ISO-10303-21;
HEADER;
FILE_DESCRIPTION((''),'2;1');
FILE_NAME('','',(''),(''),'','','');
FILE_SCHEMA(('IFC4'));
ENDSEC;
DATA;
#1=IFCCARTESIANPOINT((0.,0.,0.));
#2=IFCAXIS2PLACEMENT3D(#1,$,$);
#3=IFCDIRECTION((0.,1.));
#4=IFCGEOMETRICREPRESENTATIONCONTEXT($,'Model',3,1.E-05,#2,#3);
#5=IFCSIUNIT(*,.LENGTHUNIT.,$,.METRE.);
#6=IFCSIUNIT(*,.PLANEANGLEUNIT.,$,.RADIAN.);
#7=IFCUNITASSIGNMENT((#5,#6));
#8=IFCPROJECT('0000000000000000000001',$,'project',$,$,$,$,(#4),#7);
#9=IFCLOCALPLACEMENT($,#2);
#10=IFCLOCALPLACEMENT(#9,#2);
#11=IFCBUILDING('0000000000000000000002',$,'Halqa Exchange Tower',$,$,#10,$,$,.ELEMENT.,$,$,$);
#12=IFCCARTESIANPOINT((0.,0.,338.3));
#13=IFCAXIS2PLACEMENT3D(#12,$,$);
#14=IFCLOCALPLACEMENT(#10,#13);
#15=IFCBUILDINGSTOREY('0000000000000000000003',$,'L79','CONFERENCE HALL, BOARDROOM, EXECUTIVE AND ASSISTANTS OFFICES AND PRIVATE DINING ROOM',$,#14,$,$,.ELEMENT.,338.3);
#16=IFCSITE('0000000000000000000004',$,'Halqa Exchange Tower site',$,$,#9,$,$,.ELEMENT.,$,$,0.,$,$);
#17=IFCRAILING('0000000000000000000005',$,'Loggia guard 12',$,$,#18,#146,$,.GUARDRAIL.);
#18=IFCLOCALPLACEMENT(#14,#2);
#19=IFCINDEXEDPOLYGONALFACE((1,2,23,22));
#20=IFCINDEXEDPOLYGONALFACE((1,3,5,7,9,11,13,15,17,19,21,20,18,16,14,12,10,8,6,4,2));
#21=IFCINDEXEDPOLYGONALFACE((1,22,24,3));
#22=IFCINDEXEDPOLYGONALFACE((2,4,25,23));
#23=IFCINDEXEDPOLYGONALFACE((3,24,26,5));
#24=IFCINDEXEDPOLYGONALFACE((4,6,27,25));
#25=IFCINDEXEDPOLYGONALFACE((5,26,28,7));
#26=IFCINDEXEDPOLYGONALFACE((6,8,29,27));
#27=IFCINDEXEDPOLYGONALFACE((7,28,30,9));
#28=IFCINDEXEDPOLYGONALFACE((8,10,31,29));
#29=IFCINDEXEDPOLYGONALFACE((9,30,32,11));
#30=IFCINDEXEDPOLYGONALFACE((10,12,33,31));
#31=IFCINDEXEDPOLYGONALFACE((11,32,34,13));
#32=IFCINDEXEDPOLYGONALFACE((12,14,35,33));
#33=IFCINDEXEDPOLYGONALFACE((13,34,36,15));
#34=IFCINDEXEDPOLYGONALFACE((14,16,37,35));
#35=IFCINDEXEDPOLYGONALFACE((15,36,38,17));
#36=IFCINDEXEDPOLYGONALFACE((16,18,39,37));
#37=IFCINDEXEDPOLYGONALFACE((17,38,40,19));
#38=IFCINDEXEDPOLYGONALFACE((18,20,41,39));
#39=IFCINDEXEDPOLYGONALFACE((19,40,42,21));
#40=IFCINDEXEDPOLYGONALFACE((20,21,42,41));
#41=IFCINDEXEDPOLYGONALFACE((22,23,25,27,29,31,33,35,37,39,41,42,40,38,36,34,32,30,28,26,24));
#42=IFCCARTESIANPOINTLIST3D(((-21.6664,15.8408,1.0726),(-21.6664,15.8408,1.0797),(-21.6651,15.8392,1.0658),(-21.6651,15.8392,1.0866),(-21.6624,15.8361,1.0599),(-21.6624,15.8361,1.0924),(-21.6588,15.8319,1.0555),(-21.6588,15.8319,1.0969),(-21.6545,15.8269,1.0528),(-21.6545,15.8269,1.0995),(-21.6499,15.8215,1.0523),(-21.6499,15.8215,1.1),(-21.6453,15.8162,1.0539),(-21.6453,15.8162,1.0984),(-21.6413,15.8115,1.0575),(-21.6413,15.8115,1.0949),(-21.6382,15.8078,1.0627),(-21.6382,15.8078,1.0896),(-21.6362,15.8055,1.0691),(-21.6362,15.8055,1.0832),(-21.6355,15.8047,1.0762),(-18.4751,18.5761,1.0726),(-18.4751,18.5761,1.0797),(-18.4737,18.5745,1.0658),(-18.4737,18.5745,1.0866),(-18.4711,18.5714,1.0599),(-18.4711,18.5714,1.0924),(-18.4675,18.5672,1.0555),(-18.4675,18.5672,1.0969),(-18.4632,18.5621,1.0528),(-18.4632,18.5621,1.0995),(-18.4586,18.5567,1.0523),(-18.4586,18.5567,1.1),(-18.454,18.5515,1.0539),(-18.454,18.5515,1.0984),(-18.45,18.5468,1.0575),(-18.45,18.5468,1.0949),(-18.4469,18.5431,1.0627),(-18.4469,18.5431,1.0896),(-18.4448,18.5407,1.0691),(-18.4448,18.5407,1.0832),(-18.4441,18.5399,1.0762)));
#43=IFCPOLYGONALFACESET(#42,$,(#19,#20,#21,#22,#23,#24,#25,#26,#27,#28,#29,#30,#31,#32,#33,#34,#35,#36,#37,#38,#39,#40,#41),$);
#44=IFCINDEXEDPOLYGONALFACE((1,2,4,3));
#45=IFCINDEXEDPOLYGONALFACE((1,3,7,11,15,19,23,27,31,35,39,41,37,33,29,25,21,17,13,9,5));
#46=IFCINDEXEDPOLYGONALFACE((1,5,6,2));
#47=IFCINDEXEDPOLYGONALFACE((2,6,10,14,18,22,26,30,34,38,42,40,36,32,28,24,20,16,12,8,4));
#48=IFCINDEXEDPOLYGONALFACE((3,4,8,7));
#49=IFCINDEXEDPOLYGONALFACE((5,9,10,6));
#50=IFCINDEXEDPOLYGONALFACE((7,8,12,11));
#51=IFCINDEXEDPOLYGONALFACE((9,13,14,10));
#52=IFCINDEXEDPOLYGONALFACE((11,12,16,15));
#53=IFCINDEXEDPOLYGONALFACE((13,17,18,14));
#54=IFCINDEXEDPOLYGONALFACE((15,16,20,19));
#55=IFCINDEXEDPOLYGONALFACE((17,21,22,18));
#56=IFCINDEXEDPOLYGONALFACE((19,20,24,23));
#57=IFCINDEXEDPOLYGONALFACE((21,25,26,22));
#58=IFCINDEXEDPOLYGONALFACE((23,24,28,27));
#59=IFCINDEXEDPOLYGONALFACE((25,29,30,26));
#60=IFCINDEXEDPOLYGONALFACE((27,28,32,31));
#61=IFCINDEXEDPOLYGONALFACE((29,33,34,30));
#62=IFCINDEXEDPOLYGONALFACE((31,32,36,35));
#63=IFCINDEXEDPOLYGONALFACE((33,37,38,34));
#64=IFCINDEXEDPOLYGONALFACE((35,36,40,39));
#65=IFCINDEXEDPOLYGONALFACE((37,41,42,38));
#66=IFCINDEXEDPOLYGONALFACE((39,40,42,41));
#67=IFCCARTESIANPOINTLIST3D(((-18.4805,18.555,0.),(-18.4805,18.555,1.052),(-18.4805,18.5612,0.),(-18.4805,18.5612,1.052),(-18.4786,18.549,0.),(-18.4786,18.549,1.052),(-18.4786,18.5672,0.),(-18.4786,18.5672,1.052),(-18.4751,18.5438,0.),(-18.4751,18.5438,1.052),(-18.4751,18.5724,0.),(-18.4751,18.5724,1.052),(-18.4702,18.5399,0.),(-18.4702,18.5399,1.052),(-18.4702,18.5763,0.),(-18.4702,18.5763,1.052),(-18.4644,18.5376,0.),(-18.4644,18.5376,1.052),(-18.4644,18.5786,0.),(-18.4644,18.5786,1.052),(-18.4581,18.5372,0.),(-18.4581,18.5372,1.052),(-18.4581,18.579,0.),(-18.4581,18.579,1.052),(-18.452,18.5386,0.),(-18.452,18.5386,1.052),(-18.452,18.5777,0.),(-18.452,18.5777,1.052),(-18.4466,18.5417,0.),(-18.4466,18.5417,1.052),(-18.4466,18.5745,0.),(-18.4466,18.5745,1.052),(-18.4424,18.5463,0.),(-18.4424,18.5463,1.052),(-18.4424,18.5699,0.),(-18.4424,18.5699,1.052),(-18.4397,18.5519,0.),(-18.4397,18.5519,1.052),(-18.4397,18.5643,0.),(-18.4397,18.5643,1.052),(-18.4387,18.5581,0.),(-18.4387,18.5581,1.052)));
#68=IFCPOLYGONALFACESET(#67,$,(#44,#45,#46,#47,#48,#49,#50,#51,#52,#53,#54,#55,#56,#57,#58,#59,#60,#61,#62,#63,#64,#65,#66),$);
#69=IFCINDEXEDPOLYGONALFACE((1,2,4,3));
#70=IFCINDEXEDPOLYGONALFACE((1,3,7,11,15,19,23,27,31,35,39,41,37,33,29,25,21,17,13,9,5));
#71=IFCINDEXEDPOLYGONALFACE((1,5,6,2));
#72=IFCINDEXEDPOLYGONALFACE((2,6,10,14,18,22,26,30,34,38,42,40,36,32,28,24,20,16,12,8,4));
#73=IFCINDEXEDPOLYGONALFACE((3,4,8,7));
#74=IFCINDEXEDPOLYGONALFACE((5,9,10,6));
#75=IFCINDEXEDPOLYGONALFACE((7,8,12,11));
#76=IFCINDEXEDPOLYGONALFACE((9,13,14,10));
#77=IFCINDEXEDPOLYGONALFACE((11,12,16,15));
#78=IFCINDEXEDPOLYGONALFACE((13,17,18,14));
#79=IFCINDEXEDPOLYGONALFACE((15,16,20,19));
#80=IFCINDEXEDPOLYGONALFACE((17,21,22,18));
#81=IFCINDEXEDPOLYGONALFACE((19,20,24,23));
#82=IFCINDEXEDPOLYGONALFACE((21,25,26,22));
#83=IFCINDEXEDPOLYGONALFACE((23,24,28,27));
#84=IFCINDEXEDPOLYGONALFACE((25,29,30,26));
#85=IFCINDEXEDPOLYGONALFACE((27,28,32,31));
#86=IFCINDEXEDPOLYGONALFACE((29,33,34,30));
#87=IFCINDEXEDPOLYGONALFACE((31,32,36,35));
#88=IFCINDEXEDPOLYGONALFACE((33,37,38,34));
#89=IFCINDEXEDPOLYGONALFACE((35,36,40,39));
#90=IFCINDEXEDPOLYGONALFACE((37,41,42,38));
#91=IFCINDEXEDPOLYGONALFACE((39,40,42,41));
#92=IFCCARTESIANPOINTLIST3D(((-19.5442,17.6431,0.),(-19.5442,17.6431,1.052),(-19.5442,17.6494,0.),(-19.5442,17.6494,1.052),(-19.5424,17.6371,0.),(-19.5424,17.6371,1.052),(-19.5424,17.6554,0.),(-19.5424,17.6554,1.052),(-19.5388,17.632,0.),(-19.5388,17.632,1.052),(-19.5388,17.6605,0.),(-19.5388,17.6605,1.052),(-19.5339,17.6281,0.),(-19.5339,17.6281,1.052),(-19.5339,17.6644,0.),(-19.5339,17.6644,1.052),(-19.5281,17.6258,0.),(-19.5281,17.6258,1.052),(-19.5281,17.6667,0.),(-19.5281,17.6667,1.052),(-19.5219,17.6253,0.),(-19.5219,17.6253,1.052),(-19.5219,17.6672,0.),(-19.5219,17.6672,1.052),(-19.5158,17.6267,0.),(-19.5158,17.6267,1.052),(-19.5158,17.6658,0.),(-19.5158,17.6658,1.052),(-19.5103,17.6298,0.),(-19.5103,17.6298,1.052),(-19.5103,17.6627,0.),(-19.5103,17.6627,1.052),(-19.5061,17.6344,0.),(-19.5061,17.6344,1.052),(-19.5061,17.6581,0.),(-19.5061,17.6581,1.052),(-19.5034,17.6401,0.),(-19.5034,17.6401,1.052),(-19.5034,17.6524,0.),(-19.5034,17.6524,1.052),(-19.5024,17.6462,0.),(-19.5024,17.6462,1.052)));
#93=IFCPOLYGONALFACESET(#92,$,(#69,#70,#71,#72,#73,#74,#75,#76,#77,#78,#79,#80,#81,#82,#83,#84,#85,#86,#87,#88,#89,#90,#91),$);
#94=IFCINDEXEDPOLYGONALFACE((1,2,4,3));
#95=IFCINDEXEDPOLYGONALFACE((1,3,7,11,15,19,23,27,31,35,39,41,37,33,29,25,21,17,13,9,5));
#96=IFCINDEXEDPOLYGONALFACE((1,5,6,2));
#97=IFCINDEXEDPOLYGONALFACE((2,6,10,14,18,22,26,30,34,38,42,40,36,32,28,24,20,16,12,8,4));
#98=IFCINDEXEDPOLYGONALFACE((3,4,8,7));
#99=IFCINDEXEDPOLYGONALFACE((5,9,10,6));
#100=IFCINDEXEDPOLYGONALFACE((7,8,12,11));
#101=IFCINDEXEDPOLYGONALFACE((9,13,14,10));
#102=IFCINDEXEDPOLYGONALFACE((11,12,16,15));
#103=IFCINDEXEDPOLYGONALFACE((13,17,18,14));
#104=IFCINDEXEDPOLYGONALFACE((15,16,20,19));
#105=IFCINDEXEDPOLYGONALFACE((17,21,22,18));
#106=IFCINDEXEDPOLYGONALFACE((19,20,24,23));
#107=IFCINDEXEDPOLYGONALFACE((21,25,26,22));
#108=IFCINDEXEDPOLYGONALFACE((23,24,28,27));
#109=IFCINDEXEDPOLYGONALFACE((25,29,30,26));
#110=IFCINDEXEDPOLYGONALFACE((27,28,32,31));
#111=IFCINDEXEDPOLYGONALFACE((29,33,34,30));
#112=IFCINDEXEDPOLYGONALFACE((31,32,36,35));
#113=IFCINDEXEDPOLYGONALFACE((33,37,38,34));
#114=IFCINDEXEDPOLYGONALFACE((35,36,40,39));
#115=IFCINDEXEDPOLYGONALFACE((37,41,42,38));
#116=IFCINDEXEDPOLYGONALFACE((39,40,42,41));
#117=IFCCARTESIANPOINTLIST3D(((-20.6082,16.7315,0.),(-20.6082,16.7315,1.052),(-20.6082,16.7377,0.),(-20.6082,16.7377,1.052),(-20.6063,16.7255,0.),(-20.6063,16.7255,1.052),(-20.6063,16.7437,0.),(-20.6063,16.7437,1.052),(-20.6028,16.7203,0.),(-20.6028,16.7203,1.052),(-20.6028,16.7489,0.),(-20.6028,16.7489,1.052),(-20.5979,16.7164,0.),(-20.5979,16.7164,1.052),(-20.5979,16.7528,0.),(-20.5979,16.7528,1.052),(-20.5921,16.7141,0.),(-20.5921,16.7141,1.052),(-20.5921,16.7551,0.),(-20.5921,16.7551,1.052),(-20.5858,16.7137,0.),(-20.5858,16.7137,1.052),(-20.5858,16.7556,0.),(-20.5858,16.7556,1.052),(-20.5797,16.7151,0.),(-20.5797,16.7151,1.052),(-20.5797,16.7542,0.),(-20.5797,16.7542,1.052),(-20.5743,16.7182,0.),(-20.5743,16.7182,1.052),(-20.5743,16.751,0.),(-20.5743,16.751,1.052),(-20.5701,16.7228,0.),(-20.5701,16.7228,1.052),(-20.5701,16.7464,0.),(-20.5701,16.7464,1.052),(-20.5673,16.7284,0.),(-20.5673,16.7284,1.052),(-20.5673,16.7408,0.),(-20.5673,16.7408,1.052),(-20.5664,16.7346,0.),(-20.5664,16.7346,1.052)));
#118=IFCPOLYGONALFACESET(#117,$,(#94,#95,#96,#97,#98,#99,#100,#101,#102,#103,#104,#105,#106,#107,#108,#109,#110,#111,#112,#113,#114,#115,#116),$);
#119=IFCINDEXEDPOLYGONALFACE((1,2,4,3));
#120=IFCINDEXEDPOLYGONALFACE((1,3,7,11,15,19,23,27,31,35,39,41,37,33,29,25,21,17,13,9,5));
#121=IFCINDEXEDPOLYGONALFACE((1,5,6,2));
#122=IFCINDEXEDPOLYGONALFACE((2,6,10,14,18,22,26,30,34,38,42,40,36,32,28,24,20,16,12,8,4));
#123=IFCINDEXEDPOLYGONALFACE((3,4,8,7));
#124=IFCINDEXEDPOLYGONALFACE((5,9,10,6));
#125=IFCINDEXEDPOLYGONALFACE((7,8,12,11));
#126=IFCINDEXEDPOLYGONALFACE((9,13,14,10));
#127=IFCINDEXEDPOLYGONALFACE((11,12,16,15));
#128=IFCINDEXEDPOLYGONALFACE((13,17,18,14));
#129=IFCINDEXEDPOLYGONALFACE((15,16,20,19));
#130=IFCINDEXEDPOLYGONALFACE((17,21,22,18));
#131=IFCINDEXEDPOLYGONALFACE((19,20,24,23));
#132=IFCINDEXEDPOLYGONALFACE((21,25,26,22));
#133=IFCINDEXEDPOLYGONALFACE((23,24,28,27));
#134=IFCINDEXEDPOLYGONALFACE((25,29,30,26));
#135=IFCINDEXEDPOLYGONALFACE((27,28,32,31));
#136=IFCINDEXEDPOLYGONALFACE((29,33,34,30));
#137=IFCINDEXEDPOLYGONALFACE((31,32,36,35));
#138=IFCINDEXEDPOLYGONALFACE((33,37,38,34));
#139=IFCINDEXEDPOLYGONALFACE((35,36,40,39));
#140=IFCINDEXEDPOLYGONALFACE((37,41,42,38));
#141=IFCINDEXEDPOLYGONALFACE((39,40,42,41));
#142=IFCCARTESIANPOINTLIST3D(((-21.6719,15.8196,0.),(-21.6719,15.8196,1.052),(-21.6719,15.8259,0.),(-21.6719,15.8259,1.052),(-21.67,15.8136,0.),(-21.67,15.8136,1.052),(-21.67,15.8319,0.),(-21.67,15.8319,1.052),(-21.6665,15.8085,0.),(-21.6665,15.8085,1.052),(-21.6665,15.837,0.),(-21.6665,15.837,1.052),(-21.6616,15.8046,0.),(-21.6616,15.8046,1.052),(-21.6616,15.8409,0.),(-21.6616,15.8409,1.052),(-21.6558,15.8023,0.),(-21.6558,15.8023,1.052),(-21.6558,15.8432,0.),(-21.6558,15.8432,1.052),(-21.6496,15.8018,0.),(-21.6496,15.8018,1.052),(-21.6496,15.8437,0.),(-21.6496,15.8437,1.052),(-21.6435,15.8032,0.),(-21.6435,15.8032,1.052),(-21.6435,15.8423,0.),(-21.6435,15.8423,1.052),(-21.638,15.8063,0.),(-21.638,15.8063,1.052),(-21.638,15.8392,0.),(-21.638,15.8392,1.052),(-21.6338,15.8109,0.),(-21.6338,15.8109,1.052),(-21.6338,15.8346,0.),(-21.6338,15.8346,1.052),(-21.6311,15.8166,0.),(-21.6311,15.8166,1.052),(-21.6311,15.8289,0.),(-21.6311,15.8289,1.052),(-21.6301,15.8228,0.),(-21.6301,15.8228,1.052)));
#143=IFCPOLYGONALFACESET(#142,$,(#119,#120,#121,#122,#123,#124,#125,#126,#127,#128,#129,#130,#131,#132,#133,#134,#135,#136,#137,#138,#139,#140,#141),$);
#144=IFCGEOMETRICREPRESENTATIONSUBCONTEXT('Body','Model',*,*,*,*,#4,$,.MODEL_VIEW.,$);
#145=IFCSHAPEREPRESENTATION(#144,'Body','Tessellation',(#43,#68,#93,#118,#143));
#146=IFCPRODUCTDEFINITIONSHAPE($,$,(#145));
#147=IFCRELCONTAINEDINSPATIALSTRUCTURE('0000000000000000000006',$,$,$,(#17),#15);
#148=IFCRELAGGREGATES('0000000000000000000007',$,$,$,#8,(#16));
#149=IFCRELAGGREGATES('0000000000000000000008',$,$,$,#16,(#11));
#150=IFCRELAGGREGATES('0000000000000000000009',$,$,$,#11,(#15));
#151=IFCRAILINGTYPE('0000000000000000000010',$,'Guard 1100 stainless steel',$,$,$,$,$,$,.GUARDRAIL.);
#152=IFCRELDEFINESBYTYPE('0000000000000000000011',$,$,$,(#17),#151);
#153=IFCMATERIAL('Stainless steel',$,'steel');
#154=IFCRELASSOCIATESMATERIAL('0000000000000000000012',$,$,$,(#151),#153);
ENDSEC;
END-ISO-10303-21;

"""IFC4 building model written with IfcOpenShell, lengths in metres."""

from ifc_helpers import new_model, si_unit, direction, frame, origin, origin_2d, place, context, subcontext, project, spatial, circle, extrude, material, type_object, element, save


model = new_model("IFC4")

# Units and contexts
model_context = context("Model", 3, precision=1e-05, world=origin(), true_north=direction((0.0, 1.0)))
body_context = subcontext(model_context, "Body", "Model", "MODEL_VIEW")
ifc_project = project(units=[si_unit("LENGTHUNIT", "METRE"), si_unit("PLANEANGLEUNIT", "RADIAN")], contexts=[model_context])

# Site, building, storey
site_placement = place(None, origin())
site = spatial("IfcSite", under=ifc_project, at=site_placement, Name="Halqa Exchange Tower site", CompositionType="ELEMENT", RefElevation=0.0)
building_placement = place(site_placement, origin())
building = spatial("IfcBuilding", under=site, at=building_placement, Name="Halqa Exchange Tower", CompositionType="ELEMENT")
storey_placement = place(building_placement, frame((0.0, 0.0, 338.3)))
storey = spatial("IfcBuildingStorey", under=building, at=storey_placement, Name="L79", Description="CONFERENCE HALL, BOARDROOM, EXECUTIVE AND ASSISTANTS OFFICES AND PRIVATE DINING ROOM", CompositionType="ELEMENT", Elevation=338.3)

# Railing
ifc_material_1 = material(Name="Stainless steel", Category="steel")
railing_type = type_object("IfcRailingType", Name="Guard 1100 stainless steel", PredefinedType="GUARDRAIL", material=ifc_material_1)
railing_1_placement = place(storey_placement, frame((-18.4597, 18.5581, 0.0)))
element("IfcRailing", 1, at=railing_1_placement, inside=storey, type_object=railing_type, Name="Loggia guard 12", PredefinedType="GUARDRAIL", context=body_context, shape_type="SweptSolid", body=[
    extrude(circle(Radius=0.0239, at=origin_2d()), frame((0.0, 0.0, 1.0762), z_axis=(-0.759273, -0.650772, 0.0), x_axis=(0.650772, -0.759273, 0.0)), (0.0, 0.0, 1.0), 4.2031),
    extrude(circle(Radius=0.021, at=origin_2d()), origin(), (0.0, 0.0, 1.0), 1.052),
    extrude(circle(Radius=0.021, at=origin_2d()), frame((-1.0637, -0.9119, 0.0)), (0.0, 0.0, 1.0), 1.052),
    extrude(circle(Radius=0.021, at=origin_2d()), frame((-2.1277, -1.8235, 0.0)), (0.0, 0.0, 1.0), 1.052),
    extrude(circle(Radius=0.021, at=origin_2d()), frame((-3.1914, -2.7354, 0.0)), (0.0, 0.0, 1.0), 1.052),
])

save(model, "model.ifc")
